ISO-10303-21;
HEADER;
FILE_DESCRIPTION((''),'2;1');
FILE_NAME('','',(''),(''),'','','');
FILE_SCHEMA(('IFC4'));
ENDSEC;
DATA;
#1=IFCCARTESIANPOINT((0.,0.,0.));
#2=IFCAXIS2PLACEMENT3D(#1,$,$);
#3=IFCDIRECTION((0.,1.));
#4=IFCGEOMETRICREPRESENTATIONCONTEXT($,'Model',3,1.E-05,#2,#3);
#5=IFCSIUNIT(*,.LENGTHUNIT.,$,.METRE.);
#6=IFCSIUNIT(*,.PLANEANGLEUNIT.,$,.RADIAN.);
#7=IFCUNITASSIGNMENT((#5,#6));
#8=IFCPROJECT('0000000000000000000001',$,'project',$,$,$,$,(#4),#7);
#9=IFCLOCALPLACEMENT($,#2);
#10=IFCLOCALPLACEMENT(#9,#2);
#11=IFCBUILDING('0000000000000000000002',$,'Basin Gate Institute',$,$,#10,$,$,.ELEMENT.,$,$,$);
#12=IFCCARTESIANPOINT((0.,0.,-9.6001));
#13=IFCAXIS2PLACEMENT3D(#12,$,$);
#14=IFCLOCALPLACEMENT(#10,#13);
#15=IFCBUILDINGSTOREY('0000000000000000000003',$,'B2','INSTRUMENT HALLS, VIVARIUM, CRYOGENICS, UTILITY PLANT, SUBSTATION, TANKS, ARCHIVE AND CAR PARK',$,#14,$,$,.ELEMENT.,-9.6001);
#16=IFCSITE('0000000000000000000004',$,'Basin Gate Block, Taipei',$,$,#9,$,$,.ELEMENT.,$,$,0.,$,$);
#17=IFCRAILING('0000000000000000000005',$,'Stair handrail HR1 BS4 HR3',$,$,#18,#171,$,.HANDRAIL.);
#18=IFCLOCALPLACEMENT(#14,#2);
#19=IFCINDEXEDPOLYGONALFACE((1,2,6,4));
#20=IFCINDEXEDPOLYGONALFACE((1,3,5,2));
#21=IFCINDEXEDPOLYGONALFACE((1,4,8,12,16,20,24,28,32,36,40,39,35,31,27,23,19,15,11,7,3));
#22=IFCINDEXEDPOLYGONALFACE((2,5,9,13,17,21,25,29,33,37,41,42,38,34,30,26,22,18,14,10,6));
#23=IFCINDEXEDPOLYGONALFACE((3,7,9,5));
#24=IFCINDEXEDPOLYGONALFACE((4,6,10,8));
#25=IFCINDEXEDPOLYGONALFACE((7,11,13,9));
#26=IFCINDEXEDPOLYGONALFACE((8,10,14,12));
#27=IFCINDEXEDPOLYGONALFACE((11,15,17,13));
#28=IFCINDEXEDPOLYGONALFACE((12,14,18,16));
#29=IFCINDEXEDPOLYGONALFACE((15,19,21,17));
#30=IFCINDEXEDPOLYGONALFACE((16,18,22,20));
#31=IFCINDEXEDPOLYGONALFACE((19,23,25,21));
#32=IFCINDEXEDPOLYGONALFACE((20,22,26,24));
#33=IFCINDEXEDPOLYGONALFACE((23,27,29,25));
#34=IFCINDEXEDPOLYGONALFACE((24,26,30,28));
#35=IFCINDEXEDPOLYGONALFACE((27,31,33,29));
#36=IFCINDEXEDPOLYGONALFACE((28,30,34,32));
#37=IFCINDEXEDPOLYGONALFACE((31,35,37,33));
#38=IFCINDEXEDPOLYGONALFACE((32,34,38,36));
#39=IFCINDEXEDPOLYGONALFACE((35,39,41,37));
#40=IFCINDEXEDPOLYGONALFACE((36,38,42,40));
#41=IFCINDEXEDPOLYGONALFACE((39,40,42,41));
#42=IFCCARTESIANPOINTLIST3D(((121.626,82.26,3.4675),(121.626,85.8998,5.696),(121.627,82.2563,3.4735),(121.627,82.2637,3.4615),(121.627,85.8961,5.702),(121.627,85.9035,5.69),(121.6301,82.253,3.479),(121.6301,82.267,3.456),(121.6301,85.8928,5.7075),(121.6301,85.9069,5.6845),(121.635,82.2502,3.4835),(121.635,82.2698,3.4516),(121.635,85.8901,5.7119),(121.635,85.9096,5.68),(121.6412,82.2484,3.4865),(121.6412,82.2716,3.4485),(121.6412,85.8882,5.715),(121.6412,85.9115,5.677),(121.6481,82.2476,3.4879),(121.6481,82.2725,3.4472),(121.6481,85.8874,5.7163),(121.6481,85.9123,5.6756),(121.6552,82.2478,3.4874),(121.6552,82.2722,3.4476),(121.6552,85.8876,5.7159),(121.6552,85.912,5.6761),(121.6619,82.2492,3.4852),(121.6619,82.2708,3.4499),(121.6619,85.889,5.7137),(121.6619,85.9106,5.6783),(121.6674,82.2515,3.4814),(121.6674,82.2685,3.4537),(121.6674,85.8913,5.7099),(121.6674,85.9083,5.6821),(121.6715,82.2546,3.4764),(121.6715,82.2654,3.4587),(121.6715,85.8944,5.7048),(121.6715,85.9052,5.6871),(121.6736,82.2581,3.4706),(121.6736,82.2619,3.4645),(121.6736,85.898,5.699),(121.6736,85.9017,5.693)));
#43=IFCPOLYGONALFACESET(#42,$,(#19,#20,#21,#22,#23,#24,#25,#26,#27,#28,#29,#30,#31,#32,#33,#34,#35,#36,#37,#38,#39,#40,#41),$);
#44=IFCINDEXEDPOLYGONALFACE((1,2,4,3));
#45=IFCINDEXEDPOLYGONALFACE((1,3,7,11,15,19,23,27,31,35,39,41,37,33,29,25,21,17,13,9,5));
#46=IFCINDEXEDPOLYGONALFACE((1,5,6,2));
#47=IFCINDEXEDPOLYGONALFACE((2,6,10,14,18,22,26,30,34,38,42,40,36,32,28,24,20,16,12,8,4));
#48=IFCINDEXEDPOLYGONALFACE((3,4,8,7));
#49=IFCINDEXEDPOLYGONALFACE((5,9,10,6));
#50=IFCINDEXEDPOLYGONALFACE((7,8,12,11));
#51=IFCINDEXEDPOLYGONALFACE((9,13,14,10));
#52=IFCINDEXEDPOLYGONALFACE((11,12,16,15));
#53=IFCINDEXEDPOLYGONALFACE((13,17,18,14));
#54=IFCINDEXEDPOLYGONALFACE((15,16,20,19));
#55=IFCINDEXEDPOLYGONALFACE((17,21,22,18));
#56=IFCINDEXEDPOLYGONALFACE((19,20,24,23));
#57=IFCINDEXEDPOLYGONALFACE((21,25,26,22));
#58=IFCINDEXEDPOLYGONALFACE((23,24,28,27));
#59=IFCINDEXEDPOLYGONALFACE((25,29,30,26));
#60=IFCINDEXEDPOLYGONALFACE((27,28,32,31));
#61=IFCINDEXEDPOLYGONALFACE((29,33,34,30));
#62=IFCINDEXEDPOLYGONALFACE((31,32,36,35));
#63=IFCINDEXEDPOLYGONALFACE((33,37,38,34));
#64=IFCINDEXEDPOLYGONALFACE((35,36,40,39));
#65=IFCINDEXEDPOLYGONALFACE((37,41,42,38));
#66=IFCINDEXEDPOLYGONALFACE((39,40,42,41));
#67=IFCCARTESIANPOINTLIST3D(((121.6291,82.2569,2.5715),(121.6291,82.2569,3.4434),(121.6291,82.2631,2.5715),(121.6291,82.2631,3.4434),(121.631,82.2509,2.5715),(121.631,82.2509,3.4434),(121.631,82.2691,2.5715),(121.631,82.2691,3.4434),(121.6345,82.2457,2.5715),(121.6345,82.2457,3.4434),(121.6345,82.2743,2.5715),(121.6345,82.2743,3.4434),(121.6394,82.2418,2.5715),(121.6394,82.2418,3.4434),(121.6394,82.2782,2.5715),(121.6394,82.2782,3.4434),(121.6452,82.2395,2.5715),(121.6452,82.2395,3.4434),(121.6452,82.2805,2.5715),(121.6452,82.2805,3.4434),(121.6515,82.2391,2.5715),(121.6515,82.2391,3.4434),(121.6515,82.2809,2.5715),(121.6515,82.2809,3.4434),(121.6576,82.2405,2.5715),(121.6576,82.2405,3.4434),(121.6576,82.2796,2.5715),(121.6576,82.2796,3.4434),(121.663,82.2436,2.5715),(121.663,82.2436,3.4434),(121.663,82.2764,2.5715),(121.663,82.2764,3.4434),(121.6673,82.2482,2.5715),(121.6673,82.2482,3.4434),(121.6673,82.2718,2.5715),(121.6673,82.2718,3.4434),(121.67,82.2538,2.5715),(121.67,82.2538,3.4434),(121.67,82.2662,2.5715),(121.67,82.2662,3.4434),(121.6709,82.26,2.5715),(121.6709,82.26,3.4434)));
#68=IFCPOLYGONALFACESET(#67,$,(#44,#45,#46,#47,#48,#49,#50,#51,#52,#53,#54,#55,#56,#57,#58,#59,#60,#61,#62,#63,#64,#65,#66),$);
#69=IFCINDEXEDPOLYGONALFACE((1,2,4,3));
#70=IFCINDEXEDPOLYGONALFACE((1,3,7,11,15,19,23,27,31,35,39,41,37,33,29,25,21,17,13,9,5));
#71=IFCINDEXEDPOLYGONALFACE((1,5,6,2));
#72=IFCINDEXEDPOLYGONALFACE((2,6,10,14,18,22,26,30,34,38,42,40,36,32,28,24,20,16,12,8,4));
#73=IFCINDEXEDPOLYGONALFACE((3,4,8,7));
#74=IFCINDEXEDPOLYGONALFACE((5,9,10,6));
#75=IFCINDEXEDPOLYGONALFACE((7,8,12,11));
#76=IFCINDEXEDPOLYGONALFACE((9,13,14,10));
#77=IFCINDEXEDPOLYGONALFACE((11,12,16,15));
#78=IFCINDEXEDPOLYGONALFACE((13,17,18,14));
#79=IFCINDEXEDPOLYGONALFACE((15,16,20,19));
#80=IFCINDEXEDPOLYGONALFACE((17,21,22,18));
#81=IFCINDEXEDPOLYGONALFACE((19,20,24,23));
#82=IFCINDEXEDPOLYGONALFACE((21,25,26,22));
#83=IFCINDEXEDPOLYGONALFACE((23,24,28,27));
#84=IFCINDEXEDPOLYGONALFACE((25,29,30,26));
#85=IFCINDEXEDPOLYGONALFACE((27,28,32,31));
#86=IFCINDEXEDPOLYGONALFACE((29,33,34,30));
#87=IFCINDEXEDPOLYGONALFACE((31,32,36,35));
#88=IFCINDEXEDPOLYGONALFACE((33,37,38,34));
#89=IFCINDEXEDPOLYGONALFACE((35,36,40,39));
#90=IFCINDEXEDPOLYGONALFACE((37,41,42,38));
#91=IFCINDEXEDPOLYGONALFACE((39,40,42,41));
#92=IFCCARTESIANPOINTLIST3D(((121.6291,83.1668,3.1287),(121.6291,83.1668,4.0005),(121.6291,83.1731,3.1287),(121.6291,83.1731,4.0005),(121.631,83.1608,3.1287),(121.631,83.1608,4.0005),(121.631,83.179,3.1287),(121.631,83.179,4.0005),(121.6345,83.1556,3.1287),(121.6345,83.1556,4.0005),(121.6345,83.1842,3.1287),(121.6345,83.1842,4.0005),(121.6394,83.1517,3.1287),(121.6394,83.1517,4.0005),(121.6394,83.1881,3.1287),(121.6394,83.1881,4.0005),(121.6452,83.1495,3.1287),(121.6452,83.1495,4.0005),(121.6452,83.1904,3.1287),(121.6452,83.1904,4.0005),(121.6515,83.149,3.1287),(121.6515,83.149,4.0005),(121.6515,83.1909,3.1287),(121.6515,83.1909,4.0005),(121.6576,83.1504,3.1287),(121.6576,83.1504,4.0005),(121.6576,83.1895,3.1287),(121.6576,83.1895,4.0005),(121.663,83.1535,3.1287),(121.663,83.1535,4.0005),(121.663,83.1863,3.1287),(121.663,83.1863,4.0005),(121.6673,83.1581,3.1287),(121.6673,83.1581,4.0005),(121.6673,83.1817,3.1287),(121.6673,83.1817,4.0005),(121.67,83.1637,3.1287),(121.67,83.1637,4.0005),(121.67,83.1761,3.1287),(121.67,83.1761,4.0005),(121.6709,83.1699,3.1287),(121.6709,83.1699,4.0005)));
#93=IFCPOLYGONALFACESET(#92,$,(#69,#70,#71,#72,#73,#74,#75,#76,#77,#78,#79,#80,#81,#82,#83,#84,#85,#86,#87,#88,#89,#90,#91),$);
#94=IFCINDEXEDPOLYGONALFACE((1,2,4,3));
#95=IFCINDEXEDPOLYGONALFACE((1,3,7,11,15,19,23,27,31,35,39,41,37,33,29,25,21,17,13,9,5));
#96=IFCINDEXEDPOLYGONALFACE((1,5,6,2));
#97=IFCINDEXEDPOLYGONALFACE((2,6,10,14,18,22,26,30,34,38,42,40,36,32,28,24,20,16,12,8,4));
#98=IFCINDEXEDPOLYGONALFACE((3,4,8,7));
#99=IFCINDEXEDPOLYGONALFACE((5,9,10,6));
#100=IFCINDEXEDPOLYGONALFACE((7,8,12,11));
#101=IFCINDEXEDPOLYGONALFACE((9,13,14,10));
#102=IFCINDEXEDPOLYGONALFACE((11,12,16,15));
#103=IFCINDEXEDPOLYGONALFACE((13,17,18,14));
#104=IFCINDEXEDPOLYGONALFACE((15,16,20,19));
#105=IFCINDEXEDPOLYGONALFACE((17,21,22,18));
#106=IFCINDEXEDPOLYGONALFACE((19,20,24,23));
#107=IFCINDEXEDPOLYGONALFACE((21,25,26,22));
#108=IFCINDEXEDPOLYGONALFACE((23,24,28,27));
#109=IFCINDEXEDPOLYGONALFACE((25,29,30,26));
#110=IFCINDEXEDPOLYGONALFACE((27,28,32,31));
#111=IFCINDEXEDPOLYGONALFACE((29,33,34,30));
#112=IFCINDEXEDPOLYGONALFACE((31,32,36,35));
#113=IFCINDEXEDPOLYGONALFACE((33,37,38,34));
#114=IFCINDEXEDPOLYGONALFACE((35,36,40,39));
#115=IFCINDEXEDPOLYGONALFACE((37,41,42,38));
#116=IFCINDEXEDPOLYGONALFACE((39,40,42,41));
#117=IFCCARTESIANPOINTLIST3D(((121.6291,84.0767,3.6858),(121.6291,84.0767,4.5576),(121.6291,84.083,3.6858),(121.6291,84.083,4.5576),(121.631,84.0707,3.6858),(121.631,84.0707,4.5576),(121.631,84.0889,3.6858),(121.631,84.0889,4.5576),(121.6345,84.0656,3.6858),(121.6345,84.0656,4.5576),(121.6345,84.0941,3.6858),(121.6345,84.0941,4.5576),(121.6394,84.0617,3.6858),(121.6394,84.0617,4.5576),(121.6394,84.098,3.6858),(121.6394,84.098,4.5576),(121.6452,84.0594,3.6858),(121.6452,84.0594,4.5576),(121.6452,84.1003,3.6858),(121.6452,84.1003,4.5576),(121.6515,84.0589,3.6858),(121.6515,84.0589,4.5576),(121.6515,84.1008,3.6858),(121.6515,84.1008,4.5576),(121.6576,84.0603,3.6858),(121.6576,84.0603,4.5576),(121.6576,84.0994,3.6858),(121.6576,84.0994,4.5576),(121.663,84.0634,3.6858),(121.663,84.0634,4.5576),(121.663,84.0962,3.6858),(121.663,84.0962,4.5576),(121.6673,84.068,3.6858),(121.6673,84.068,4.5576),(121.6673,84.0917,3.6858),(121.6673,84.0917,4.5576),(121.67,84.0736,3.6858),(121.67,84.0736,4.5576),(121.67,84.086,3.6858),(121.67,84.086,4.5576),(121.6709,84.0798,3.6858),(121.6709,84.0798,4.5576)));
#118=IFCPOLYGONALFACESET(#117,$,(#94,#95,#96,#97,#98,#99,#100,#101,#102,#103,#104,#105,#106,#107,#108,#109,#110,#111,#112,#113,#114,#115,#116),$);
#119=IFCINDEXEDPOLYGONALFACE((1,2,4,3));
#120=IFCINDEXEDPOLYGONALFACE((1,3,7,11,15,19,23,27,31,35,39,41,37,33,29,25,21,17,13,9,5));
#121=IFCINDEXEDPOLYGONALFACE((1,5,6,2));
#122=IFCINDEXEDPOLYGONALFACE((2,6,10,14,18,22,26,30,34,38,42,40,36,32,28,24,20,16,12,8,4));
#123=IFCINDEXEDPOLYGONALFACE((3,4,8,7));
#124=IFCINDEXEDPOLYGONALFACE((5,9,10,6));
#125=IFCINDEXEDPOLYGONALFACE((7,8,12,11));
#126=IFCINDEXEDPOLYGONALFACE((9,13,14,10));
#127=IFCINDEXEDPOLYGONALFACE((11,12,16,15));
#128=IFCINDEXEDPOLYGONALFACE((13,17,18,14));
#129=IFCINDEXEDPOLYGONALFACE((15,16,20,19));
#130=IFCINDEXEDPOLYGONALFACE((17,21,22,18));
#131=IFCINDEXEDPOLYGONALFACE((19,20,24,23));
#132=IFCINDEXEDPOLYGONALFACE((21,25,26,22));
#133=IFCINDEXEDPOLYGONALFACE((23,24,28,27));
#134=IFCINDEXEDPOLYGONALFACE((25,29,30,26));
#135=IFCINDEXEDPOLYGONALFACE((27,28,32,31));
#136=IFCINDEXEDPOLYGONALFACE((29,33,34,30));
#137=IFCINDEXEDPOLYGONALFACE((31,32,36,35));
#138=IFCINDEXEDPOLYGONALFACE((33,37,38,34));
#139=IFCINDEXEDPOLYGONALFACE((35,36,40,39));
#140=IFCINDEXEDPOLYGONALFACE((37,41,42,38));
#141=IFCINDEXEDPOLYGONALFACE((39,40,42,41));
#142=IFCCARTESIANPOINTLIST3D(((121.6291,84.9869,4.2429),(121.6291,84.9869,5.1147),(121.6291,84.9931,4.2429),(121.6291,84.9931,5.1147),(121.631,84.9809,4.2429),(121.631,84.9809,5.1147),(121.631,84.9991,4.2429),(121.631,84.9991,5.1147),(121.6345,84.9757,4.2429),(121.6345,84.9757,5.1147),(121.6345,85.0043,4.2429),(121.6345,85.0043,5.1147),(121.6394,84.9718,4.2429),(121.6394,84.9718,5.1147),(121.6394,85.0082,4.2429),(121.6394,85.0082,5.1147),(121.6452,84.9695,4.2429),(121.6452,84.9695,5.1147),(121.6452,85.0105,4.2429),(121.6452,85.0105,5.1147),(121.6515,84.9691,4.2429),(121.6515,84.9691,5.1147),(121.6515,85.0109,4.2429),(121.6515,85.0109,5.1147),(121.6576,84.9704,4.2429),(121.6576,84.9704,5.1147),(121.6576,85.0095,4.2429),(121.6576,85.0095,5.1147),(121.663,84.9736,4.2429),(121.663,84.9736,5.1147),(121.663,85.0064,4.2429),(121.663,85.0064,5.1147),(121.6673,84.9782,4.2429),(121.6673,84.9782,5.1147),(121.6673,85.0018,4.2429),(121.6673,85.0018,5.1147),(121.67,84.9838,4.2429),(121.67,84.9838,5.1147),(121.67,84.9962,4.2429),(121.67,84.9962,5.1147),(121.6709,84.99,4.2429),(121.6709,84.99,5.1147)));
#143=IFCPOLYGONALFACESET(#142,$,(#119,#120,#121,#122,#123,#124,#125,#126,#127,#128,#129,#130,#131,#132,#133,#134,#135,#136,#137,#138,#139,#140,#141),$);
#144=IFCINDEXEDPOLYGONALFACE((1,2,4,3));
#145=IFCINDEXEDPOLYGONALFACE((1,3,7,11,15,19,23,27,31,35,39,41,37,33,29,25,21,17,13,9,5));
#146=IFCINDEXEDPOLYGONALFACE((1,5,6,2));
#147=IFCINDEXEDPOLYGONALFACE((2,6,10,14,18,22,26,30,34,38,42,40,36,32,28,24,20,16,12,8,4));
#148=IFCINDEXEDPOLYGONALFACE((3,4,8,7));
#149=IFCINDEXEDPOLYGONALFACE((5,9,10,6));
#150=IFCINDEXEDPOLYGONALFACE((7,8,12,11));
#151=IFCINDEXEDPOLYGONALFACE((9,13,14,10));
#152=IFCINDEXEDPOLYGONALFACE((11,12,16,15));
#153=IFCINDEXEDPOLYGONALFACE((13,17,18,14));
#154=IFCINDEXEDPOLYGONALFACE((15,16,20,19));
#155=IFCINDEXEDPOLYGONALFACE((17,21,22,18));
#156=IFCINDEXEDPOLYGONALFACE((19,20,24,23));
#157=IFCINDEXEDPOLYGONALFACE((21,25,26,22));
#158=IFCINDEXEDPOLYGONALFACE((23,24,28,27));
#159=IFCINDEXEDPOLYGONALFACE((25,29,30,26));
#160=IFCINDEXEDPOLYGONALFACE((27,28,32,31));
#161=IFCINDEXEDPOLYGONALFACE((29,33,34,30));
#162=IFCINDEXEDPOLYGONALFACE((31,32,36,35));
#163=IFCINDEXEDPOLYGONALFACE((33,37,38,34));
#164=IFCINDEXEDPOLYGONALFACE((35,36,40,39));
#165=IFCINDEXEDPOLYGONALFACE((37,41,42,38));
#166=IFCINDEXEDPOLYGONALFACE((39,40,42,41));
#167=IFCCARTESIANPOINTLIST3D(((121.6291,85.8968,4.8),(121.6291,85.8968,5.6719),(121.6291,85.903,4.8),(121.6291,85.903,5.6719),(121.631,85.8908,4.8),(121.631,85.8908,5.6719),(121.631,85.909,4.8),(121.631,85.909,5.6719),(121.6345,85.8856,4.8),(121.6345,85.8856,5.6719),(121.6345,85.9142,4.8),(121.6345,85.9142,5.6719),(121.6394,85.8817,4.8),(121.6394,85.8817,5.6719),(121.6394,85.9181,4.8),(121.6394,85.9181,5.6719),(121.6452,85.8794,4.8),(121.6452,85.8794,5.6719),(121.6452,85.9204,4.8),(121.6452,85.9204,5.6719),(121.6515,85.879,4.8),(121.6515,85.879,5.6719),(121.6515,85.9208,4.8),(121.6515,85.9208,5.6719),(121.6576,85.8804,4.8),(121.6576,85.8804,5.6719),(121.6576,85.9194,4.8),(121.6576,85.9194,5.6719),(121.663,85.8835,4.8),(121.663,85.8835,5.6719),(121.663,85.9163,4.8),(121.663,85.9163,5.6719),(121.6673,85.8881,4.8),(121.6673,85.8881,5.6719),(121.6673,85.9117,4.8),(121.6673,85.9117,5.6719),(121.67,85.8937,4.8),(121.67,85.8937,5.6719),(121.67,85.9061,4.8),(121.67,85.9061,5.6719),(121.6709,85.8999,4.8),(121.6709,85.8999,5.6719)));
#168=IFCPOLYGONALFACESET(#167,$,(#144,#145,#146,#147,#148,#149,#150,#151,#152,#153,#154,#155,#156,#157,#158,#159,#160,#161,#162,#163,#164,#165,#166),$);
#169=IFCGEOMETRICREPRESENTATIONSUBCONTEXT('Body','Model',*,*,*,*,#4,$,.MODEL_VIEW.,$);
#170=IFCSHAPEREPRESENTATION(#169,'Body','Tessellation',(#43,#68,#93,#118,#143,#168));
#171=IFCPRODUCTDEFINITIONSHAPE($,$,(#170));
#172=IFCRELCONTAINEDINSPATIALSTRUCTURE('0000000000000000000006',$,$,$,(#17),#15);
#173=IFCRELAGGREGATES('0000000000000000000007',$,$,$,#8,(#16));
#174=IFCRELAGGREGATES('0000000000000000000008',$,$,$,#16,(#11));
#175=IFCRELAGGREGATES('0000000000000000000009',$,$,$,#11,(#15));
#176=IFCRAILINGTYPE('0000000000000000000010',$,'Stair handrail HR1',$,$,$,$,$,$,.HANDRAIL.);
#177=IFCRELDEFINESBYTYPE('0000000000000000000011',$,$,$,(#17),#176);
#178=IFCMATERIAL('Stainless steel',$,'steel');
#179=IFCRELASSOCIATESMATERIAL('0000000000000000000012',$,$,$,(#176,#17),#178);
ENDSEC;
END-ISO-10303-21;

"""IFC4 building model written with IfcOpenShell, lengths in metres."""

from ifc_helpers import new_model, si_unit, direction, frame, origin, origin_2d, place, context, subcontext, project, spatial, circle, extrude, material, type_object, element, save


model = new_model("IFC4")

# Units and contexts
model_context = context("Model", 3, precision=1e-05, world=origin(), true_north=direction((0.0, 1.0)))
body_context = subcontext(model_context, "Body", "Model", "MODEL_VIEW")
ifc_project = project(units=[si_unit("LENGTHUNIT", "METRE"), si_unit("PLANEANGLEUNIT", "RADIAN")], contexts=[model_context])

# Site, building, storey
site_placement = place(None, origin())
site = spatial("IfcSite", under=ifc_project, at=site_placement, Name="Basin Gate Block, Taipei", CompositionType="ELEMENT", RefElevation=0.0)
building_placement = place(site_placement, origin())
building = spatial("IfcBuilding", under=site, at=building_placement, Name="Basin Gate Institute", CompositionType="ELEMENT")
storey_placement = place(building_placement, frame((0.0, 0.0, -9.6001)))
storey = spatial("IfcBuildingStorey", under=building, at=storey_placement, Name="B2", Description="INSTRUMENT HALLS, VIVARIUM, CRYOGENICS, UTILITY PLANT, SUBSTATION, TANKS, ARCHIVE AND CAR PARK", CompositionType="ELEMENT", Elevation=-9.6001)

# Railing
ifc_material_1 = material(Name="Stainless steel", Category="steel")
railing_type_1 = type_object("IfcRailingType", Name="Stair handrail HR1", PredefinedType="HANDRAIL", material=ifc_material_1)
railing_1_placement = place(storey_placement, frame((121.6499, 82.26, 2.5715)))
element("IfcRailing", 1, at=railing_1_placement, inside=storey, type_object=railing_type_1, material=ifc_material_1, Name="Stair handrail HR1 BS4 HR3", PredefinedType="HANDRAIL", context=body_context, shape_type="SweptSolid", body=[
    extrude(circle(Radius=0.0239, at=origin_2d()), frame((0.0, 0.0, 0.896), z_axis=(0.0, 0.85285, 0.522156), x_axis=(-1.0, 0.0, 0.0)), (0.0, 0.0, 1.0), 4.2678),
    extrude(circle(Radius=0.021, at=origin_2d()), origin(), (0.0, 0.0, 1.0), 0.8718),
    extrude(circle(Radius=0.021, at=origin_2d()), frame((0.0, 0.9099, 0.5571)), (0.0, 0.0, 1.0), 0.8718),
    extrude(circle(Radius=0.021, at=origin_2d()), frame((0.0, 1.8198, 1.1143)), (0.0, 0.0, 1.0), 0.8718),
    extrude(circle(Radius=0.021, at=origin_2d()), frame((0.0, 2.73, 1.6714)), (0.0, 0.0, 1.0), 0.8718),
    extrude(circle(Radius=0.021, at=origin_2d()), frame((0.0, 3.6399, 2.2285)), (0.0, 0.0, 1.0), 0.8718),
])

save(model, "model.ifc")
